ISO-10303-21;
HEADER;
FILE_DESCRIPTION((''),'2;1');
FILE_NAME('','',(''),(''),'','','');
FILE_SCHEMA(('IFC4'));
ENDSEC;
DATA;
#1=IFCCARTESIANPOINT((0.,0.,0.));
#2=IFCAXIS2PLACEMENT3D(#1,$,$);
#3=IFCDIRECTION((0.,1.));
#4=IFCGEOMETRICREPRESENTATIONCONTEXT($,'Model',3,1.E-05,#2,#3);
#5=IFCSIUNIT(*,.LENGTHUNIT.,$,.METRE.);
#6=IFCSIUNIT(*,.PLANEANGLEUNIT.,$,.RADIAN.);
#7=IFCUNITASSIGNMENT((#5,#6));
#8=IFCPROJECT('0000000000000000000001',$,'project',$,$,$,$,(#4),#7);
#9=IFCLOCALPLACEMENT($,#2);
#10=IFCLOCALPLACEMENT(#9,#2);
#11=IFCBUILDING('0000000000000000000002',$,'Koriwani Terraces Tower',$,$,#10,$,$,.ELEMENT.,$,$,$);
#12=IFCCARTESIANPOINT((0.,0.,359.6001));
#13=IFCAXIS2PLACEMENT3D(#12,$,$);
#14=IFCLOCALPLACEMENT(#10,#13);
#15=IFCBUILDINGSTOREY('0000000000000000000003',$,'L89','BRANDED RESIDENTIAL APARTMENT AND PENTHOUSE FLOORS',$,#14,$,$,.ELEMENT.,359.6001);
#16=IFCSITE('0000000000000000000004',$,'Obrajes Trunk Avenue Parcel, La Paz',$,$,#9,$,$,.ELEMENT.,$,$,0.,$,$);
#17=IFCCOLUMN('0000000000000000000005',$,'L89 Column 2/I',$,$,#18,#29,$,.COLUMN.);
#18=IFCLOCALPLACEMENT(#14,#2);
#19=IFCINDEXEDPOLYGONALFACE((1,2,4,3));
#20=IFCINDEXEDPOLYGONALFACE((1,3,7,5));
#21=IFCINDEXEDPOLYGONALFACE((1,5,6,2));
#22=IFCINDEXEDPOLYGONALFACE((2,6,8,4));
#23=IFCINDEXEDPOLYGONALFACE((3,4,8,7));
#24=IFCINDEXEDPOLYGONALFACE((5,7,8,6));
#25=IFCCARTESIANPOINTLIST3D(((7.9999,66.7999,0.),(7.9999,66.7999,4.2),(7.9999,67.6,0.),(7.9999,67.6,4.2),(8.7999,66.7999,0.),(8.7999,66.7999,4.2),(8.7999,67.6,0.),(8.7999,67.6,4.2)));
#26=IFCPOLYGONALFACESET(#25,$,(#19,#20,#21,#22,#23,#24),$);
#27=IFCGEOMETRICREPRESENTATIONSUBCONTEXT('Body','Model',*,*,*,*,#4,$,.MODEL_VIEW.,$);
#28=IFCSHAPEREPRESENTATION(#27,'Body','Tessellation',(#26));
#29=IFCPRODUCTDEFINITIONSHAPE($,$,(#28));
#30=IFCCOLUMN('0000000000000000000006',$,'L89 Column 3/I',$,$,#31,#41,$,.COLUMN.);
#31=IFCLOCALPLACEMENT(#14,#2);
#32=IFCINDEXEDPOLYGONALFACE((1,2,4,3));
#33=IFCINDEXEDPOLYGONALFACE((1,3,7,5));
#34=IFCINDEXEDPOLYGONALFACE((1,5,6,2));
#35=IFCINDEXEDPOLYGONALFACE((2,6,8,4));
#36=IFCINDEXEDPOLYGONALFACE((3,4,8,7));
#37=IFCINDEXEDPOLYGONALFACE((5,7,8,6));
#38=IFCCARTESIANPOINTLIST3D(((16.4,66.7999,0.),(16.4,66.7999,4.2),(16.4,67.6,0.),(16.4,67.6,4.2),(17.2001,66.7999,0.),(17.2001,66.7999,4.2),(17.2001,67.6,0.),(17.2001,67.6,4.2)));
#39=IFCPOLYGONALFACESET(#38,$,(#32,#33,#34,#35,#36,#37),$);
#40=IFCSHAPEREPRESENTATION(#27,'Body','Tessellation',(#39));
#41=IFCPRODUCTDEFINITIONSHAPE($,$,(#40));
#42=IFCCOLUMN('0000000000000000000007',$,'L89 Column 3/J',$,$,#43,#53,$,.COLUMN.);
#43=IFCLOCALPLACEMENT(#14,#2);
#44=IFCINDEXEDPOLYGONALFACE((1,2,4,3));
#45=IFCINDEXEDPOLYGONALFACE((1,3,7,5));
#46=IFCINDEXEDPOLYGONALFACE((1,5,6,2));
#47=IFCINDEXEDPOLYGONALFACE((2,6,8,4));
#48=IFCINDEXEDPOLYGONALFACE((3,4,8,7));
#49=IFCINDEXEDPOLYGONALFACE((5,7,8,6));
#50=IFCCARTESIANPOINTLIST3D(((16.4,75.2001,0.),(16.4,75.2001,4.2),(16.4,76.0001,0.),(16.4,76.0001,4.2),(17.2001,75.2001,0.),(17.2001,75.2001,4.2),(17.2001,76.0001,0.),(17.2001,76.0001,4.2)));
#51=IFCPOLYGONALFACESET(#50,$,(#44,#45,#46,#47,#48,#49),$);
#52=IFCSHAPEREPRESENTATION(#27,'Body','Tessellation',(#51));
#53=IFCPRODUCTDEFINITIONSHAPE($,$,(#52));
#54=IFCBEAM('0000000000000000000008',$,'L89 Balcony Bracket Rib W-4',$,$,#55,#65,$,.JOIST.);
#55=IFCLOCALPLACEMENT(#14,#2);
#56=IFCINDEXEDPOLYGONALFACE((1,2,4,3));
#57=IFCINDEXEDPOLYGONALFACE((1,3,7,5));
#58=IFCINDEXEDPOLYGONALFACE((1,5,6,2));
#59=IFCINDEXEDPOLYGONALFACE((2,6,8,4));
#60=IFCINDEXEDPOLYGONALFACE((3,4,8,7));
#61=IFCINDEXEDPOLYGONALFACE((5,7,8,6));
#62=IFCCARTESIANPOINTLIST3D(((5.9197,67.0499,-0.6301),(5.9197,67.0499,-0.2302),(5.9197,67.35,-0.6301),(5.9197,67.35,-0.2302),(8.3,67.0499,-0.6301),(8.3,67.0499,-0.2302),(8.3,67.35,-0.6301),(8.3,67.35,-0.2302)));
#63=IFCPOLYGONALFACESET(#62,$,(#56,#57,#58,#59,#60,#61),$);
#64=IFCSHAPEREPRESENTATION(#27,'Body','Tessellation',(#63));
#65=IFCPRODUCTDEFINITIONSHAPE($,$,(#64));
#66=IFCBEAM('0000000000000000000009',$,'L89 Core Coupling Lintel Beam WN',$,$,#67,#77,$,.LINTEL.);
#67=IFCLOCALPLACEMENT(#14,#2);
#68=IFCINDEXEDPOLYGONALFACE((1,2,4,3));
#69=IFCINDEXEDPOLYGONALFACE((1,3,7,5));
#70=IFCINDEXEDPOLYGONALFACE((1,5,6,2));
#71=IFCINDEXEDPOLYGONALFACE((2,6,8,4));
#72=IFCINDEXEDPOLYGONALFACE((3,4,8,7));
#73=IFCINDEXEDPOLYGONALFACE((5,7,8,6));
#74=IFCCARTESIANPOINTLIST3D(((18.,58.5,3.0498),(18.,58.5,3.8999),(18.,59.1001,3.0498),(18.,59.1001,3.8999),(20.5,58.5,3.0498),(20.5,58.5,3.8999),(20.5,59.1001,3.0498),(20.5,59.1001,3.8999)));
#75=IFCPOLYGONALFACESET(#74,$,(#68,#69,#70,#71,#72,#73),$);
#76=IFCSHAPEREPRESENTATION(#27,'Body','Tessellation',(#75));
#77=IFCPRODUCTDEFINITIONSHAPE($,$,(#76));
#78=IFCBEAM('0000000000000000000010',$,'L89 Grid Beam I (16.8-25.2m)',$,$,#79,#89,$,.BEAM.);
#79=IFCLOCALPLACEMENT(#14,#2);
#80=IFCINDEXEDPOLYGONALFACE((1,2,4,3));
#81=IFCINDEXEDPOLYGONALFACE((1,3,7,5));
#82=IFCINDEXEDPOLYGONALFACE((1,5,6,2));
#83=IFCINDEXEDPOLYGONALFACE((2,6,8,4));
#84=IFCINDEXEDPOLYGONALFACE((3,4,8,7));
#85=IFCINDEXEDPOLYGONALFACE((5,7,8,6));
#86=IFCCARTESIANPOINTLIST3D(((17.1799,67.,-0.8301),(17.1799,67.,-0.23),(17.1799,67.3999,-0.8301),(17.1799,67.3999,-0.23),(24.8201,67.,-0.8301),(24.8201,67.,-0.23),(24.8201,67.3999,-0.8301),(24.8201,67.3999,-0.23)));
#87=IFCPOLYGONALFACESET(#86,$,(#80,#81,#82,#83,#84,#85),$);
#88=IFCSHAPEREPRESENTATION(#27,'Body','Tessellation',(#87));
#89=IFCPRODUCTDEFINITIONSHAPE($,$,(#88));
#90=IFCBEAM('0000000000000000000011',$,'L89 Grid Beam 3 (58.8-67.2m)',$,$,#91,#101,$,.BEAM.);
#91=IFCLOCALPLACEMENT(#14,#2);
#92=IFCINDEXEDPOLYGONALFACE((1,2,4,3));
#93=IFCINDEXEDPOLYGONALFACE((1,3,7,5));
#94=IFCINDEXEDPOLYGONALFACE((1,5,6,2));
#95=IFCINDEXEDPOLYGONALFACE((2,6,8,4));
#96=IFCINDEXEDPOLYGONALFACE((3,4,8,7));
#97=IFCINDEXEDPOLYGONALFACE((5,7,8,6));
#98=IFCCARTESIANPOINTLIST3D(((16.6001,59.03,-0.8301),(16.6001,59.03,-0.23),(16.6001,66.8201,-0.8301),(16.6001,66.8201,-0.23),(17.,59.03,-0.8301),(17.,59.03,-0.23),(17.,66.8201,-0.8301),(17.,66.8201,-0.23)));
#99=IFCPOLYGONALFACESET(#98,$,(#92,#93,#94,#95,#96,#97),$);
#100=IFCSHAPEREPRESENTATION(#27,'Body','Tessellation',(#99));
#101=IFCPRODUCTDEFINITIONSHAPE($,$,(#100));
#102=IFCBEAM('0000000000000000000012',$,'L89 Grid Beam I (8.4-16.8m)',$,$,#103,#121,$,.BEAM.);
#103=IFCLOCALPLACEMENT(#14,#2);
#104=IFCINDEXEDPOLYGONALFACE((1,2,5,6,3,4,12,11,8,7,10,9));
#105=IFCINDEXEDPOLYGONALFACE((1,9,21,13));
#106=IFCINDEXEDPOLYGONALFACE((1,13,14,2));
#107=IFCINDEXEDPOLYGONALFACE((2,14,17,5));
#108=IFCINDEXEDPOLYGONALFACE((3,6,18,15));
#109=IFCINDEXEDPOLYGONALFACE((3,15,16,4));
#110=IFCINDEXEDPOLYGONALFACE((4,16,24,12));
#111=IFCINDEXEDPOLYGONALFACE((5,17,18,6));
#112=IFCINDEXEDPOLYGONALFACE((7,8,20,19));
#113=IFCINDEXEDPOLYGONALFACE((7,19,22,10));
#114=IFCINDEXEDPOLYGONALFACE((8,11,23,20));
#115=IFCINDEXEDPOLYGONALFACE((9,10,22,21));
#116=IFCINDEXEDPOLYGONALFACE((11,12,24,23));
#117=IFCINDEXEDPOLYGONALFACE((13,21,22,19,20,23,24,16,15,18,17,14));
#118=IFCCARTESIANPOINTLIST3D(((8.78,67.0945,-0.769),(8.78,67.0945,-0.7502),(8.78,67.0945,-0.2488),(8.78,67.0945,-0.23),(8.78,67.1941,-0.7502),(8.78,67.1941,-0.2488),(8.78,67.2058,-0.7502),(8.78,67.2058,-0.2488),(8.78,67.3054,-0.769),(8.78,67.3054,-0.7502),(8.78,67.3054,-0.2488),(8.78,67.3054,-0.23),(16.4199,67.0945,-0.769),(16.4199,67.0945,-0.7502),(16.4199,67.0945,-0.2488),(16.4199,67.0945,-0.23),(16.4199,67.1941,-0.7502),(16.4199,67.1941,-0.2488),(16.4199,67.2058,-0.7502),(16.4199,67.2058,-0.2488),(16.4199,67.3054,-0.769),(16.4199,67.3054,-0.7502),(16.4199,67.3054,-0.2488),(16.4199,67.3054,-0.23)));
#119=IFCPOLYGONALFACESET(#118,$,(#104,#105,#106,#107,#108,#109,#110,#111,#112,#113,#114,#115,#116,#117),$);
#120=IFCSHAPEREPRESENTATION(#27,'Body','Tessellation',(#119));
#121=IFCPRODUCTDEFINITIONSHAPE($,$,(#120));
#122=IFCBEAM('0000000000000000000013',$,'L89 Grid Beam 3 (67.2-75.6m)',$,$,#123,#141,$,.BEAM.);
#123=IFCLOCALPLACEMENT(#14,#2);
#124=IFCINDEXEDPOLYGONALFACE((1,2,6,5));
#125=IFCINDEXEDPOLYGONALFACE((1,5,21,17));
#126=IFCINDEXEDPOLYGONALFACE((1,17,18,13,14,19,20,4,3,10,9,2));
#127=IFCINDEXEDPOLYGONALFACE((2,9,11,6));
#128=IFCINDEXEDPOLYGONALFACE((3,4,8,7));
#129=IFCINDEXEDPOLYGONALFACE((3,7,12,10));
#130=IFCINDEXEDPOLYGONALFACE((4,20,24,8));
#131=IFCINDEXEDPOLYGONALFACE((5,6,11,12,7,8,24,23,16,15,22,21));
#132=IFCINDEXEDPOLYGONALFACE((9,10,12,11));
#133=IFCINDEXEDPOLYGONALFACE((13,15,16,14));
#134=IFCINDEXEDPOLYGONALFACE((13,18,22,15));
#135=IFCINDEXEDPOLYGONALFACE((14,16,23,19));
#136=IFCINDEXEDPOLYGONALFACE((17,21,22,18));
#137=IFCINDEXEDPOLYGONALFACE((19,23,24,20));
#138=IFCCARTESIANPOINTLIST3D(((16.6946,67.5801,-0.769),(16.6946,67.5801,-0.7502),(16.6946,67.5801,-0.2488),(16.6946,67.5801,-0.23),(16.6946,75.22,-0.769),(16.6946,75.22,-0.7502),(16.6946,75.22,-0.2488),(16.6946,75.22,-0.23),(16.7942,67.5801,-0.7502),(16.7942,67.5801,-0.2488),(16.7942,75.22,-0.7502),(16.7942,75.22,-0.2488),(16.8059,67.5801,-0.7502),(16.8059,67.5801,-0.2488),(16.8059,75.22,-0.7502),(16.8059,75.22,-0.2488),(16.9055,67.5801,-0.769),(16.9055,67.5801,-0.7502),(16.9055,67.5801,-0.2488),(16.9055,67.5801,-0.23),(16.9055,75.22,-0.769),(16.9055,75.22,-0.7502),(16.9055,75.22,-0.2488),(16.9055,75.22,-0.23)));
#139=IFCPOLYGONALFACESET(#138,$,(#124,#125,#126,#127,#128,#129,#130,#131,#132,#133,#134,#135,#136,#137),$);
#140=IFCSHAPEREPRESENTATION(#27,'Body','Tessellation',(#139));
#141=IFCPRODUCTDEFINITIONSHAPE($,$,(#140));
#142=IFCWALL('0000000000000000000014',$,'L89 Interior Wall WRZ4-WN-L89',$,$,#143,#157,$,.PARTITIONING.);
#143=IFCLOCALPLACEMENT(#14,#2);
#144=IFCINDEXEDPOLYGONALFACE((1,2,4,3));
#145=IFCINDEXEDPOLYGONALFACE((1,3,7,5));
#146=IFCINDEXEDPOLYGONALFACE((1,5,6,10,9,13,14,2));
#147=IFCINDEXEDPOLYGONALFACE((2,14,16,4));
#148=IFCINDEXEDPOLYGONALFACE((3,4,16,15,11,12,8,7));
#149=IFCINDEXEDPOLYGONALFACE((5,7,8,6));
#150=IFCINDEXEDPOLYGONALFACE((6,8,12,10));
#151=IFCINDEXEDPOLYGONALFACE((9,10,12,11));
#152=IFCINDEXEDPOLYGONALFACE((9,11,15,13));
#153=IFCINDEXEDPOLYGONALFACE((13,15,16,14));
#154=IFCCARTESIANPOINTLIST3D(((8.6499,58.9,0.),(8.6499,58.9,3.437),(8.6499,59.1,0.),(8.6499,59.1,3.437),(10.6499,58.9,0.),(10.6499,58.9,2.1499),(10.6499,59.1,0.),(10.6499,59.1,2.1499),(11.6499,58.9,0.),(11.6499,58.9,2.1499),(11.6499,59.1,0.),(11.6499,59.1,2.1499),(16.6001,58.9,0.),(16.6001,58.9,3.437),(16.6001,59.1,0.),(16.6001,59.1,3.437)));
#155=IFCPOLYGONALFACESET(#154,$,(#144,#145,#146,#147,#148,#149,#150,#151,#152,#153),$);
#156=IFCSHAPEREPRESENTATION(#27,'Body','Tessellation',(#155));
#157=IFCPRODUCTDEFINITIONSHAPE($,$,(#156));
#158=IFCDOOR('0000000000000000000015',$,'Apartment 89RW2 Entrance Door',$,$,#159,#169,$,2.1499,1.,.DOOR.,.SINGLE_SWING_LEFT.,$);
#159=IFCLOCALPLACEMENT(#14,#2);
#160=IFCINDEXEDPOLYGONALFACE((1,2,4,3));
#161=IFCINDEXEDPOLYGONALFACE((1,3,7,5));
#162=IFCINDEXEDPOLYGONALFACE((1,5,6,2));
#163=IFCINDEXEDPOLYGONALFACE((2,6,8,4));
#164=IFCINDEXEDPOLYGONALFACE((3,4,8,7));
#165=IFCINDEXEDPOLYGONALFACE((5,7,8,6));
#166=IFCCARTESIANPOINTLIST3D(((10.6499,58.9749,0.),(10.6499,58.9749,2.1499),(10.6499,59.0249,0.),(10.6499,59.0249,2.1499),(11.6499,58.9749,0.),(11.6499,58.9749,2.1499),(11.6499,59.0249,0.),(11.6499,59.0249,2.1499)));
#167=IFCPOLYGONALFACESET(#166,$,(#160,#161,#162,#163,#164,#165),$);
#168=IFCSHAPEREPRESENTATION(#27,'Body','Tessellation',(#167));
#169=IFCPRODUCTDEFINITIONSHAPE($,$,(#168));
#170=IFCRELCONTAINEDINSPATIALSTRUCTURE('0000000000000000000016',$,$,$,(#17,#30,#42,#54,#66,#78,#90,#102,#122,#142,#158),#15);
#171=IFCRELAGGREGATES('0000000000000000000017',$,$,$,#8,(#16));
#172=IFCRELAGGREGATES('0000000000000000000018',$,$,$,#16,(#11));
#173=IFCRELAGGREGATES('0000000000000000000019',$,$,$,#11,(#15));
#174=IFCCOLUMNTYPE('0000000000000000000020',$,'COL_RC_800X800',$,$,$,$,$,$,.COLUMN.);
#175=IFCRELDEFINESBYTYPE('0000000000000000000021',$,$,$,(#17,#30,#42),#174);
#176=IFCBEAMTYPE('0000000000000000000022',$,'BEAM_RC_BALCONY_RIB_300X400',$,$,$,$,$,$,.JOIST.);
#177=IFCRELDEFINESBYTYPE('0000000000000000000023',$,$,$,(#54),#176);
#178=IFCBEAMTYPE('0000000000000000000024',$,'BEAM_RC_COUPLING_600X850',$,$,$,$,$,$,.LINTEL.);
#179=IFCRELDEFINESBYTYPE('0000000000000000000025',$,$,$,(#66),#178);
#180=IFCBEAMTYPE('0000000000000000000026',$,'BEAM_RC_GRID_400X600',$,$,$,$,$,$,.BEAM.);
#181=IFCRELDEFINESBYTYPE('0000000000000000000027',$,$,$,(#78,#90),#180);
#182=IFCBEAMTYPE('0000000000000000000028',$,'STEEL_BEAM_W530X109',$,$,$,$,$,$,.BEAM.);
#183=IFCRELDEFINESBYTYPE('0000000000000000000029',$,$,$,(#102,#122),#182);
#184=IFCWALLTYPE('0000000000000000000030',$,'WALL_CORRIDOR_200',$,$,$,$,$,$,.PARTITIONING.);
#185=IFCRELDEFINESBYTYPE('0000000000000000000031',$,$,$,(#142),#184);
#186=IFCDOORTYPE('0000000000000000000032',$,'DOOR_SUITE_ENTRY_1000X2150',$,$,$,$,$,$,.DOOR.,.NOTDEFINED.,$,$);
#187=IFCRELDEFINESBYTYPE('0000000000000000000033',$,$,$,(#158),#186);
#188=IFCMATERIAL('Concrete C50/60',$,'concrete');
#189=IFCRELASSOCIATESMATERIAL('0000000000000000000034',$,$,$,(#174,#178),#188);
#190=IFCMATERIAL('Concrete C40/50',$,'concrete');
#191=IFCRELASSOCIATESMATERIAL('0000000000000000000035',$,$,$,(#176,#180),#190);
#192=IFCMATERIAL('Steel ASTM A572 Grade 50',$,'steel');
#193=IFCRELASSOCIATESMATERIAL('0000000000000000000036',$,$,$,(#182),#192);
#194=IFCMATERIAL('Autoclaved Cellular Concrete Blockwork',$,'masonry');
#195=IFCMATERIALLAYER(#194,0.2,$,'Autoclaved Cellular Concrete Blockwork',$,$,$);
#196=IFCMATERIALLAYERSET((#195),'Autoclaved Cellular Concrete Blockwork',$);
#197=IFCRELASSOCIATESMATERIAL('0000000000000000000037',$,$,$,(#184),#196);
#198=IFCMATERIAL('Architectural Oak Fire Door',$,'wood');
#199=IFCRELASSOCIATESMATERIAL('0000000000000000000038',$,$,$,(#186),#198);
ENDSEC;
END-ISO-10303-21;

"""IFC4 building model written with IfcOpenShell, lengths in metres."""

from ifc_helpers import new_model, si_unit, direction, frame, frame_2d, origin, origin_2d, place, context, subcontext, project, spatial, rectangle, i_section, extrude, material, layer, layer_set, material_profile, profile_set, type_object, element, fill, save


model = new_model("IFC4")

# Units and contexts
model_context = context("Model", 3, precision=1e-05, world=origin(), true_north=direction((0.0, 1.0)))
body_context = subcontext(model_context, "Body", "Model", "MODEL_VIEW")
ifc_project = project(units=[si_unit("LENGTHUNIT", "METRE"), si_unit("PLANEANGLEUNIT", "RADIAN")], contexts=[model_context])

# Site, building, storey
site_placement = place(None, origin())
site = spatial("IfcSite", under=ifc_project, at=site_placement, Name="Obrajes Trunk Avenue Parcel, La Paz", CompositionType="ELEMENT", RefElevation=0.0)
building_placement = place(site_placement, origin())
building = spatial("IfcBuilding", under=site, at=building_placement, Name="Koriwani Terraces Tower", CompositionType="ELEMENT")
storey_placement = place(building_placement, frame((0.0, 0.0, 359.6001)))
storey = spatial("IfcBuildingStorey", under=building, at=storey_placement, Name="L89", Description="BRANDED RESIDENTIAL APARTMENT AND PENTHOUSE FLOORS", CompositionType="ELEMENT", Elevation=359.6001)

# Columns
ifc_material_1 = material(Name="Concrete C50/60", Category="concrete")
ifc_material_profile_1 = material_profile(ifc_material_1, rectangle(XDim=0.8, YDim=0.8, at=origin_2d()), Name="Concrete C50/60", Category="LoadBearing")
ifc_profile_set_1 = profile_set([ifc_material_profile_1], Name="Concrete C50/60")
column_type = type_object("IfcColumnType", Name="COL_RC_800X800", PredefinedType="COLUMN", material=ifc_profile_set_1)
for number, where, z_axis, x_axis, name in (
    (1, (8.3999, 67.2, 0.0), (0.0, 0.0, 1.0), (1.0, 0.0, 0.0), "L89 Column 2/I"),
    (2, (16.8, 67.2, 0.0), (0.0, 0.0, 1.0), (1.0, 0.0, 0.0), "L89 Column 3/I"),
    (3, (16.8, 75.6001, 0.0), (0.0, 0.0, 1.0), (1.0, 0.0, 0.0), "L89 Column 3/J"),
):
    element("IfcColumn", number, at=place(storey_placement, frame(where, z_axis=z_axis, x_axis=x_axis)), inside=storey, type_object=column_type, Name=name, PredefinedType="COLUMN", context=body_context, shape_type="SweptSolid", body=[
        extrude(rectangle(XDim=0.8, YDim=0.8, at=origin_2d()), origin(), (0.0, 0.0, 1.0), 4.2),
    ])

# Beams
ifc_material_2 = material(Name="Concrete C40/50", Category="concrete")
ifc_material_profile_2 = material_profile(ifc_material_2, rectangle(XDim=0.3, YDim=0.3999, at=origin_2d()), Name="Concrete C40/50", Category="LoadBearing")
ifc_profile_set_2 = profile_set([ifc_material_profile_2], Name="Concrete C40/50")
beam_type_1 = type_object("IfcBeamType", Name="BEAM_RC_BALCONY_RIB_300X400", PredefinedType="JOIST", material=ifc_profile_set_2)
beam_1_placement = place(storey_placement, frame((5.9197, 67.2, -0.4302), z_axis=(1.0, 0.0, 0.0), x_axis=(0.0, 1.0, 0.0)))
element("IfcBeam", 4, at=beam_1_placement, inside=storey, type_object=beam_type_1, Name="L89 Balcony Bracket Rib W-4", PredefinedType="JOIST", context=body_context, shape_type="SweptSolid", body=[
    extrude(rectangle(XDim=0.3, YDim=0.3999, at=origin_2d()), origin(), (0.0, 0.0, 1.0), 2.3804),
])
ifc_material_profile_3 = material_profile(ifc_material_1, rectangle(XDim=0.6001, YDim=0.8501, at=origin_2d()), Name="Concrete C50/60", Category="LoadBearing")
ifc_profile_set_3 = profile_set([ifc_material_profile_3], Name="Concrete C50/60")
beam_type_2 = type_object("IfcBeamType", Name="BEAM_RC_COUPLING_600X850", PredefinedType="LINTEL", material=ifc_profile_set_3)
beam_2_placement = place(storey_placement, frame((18.0, 58.8, 3.4749), z_axis=(1.0, 0.0, 0.0), x_axis=(0.0, 1.0, 0.0)))
element("IfcBeam", 5, at=beam_2_placement, inside=storey, type_object=beam_type_2, Name="L89 Core Coupling Lintel Beam WN", PredefinedType="LINTEL", context=body_context, shape_type="SweptSolid", body=[
    extrude(rectangle(XDim=0.6001, YDim=0.8501, at=origin_2d()), origin(), (0.0, 0.0, 1.0), 2.5),
])
ifc_material_profile_4 = material_profile(ifc_material_2, rectangle(XDim=0.3999, YDim=0.6001, at=origin_2d()), Name="Concrete C40/50", Category="LoadBearing")
ifc_profile_set_4 = profile_set([ifc_material_profile_4], Name="Concrete C40/50")
beam_type_3 = type_object("IfcBeamType", Name="BEAM_RC_GRID_400X600", PredefinedType="BEAM", material=ifc_profile_set_4)
beam_3_placement = place(storey_placement, frame((17.1799, 67.2, -0.53), z_axis=(1.0, 0.0, 0.0), x_axis=(0.0, 1.0, 0.0)))
element("IfcBeam", 6, at=beam_3_placement, inside=storey, type_object=beam_type_3, Name="L89 Grid Beam I (16.8-25.2m)", PredefinedType="BEAM", context=body_context, shape_type="SweptSolid", body=[
    extrude(rectangle(XDim=0.3999, YDim=0.6001, at=origin_2d()), origin(), (0.0, 0.0, 1.0), 7.6401),
])
beam_4_placement = place(storey_placement, frame((16.8, 59.03, -0.53), z_axis=(0.0, 1.0, 0.0), x_axis=(-1.0, 0.0, 0.0)))
element("IfcBeam", 7, at=beam_4_placement, inside=storey, type_object=beam_type_3, Name="L89 Grid Beam 3 (58.8-67.2m)", PredefinedType="BEAM", context=body_context, shape_type="SweptSolid", body=[
    extrude(rectangle(XDim=0.3999, YDim=0.6001, at=origin_2d()), origin(), (0.0, 0.0, 1.0), 7.79),
])
ifc_material_3 = material(Name="Steel ASTM A572 Grade 50", Category="steel")
ifc_material_profile_5 = material_profile(ifc_material_3, i_section(OverallWidth=0.2109, OverallDepth=0.5391, WebThickness=0.0117, FlangeThickness=0.0188, at=origin_2d()), Name="Steel ASTM A572 Grade 50", Category="LoadBearing")
ifc_profile_set_5 = profile_set([ifc_material_profile_5], Name="Steel ASTM A572 Grade 50")
beam_type_4 = type_object("IfcBeamType", Name="STEEL_BEAM_W530X109", PredefinedType="BEAM", material=ifc_profile_set_5)
for number, where, z_axis, x_axis, name in (
    (8, (8.78, 67.2, -0.4995), (1.0, 0.0, 0.0), (0.0, 1.0, 0.0), "L89 Grid Beam I (8.4-16.8m)"),
    (9, (16.8, 67.5801, -0.4995), (0.0, 1.0, 0.0), (-1.0, 0.0, 0.0), "L89 Grid Beam 3 (67.2-75.6m)"),
):
    element("IfcBeam", number, at=place(storey_placement, frame(where, z_axis=z_axis, x_axis=x_axis)), inside=storey, type_object=beam_type_4, Name=name, PredefinedType="BEAM", context=body_context, shape_type="SweptSolid", body=[
        extrude(i_section(OverallWidth=0.2109, OverallDepth=0.5391, WebThickness=0.0117, FlangeThickness=0.0188, at=origin_2d()), origin(), (0.0, 0.0, 1.0), 7.6399),
    ])

# Wall, opening, door
ifc_material_4 = material(Name="Autoclaved Cellular Concrete Blockwork", Category="masonry")
ifc_layer_1 = layer(ifc_material_4, 0.2, Name="Autoclaved Cellular Concrete Blockwork")
ifc_layer_set_1 = layer_set([ifc_layer_1], Name="Autoclaved Cellular Concrete Blockwork")
wall_type_1 = type_object("IfcWallType", Name="WALL_CORRIDOR_200", PredefinedType="PARTITIONING", material=ifc_layer_set_1)
wall_1_placement = place(storey_placement, frame((8.6499, 59.0, 0.0), z_axis=(0.0, 0.0, 1.0), x_axis=(1.0, 0.0, 0.0)))
wall_1 = element("IfcWall", 10, at=wall_1_placement, inside=storey, type_object=wall_type_1, Name="L89 Interior Wall WRZ4-WN-L89", PredefinedType="PARTITIONING", context=body_context, shape_type="SweptSolid", body=[
    extrude(rectangle(XDim=7.9502, YDim=0.2, at=frame_2d((3.9751, 0.0))), origin(), (0.0, 0.0, 1.0), 3.437),
])
opening_1_placement = place(wall_1_placement, frame((2.0, 0.0, 0.0)))
opening_1 = element("IfcOpeningElement", 11, at=opening_1_placement, cuts=wall_1, PredefinedType="OPENING", context=body_context, shape_type="SweptSolid", body=[
    extrude(rectangle(XDim=1.0, YDim=2.1499, at=frame_2d((0.5, 1.075))), frame((0.0, 0.1099, 0.0), z_axis=(0.0, -1.0, 0.0), x_axis=(1.0, 0.0, 0.0)), (0.0, 0.0, 1.0), 0.22),
])
ifc_material_5 = material(Name="Architectural Oak Fire Door", Category="wood")
door_type_1 = type_object("IfcDoorType", Name="DOOR_SUITE_ENTRY_1000X2150", OperationType="NOTDEFINED", PredefinedType="DOOR", material=ifc_material_5)
door_1_placement = place(opening_1_placement, origin())
door_1 = element("IfcDoor", 12, at=door_1_placement, inside=storey, type_object=door_type_1, Name="Apartment 89RW2 Entrance Door", OperationType="SINGLE_SWING_LEFT", OverallHeight=2.1499, OverallWidth=1.0, PredefinedType="DOOR", context=body_context, shape_type="SweptSolid", body=[
    extrude(rectangle(XDim=1.0, YDim=2.1499, at=frame_2d((0.5, 1.075))), frame((0.0, 0.0249, 0.0), z_axis=(0.0, -1.0, 0.0), x_axis=(1.0, 0.0, 0.0)), (0.0, 0.0, 1.0), 0.05),
])
fill(opening_1, door_1)

save(model, "model.ifc")
